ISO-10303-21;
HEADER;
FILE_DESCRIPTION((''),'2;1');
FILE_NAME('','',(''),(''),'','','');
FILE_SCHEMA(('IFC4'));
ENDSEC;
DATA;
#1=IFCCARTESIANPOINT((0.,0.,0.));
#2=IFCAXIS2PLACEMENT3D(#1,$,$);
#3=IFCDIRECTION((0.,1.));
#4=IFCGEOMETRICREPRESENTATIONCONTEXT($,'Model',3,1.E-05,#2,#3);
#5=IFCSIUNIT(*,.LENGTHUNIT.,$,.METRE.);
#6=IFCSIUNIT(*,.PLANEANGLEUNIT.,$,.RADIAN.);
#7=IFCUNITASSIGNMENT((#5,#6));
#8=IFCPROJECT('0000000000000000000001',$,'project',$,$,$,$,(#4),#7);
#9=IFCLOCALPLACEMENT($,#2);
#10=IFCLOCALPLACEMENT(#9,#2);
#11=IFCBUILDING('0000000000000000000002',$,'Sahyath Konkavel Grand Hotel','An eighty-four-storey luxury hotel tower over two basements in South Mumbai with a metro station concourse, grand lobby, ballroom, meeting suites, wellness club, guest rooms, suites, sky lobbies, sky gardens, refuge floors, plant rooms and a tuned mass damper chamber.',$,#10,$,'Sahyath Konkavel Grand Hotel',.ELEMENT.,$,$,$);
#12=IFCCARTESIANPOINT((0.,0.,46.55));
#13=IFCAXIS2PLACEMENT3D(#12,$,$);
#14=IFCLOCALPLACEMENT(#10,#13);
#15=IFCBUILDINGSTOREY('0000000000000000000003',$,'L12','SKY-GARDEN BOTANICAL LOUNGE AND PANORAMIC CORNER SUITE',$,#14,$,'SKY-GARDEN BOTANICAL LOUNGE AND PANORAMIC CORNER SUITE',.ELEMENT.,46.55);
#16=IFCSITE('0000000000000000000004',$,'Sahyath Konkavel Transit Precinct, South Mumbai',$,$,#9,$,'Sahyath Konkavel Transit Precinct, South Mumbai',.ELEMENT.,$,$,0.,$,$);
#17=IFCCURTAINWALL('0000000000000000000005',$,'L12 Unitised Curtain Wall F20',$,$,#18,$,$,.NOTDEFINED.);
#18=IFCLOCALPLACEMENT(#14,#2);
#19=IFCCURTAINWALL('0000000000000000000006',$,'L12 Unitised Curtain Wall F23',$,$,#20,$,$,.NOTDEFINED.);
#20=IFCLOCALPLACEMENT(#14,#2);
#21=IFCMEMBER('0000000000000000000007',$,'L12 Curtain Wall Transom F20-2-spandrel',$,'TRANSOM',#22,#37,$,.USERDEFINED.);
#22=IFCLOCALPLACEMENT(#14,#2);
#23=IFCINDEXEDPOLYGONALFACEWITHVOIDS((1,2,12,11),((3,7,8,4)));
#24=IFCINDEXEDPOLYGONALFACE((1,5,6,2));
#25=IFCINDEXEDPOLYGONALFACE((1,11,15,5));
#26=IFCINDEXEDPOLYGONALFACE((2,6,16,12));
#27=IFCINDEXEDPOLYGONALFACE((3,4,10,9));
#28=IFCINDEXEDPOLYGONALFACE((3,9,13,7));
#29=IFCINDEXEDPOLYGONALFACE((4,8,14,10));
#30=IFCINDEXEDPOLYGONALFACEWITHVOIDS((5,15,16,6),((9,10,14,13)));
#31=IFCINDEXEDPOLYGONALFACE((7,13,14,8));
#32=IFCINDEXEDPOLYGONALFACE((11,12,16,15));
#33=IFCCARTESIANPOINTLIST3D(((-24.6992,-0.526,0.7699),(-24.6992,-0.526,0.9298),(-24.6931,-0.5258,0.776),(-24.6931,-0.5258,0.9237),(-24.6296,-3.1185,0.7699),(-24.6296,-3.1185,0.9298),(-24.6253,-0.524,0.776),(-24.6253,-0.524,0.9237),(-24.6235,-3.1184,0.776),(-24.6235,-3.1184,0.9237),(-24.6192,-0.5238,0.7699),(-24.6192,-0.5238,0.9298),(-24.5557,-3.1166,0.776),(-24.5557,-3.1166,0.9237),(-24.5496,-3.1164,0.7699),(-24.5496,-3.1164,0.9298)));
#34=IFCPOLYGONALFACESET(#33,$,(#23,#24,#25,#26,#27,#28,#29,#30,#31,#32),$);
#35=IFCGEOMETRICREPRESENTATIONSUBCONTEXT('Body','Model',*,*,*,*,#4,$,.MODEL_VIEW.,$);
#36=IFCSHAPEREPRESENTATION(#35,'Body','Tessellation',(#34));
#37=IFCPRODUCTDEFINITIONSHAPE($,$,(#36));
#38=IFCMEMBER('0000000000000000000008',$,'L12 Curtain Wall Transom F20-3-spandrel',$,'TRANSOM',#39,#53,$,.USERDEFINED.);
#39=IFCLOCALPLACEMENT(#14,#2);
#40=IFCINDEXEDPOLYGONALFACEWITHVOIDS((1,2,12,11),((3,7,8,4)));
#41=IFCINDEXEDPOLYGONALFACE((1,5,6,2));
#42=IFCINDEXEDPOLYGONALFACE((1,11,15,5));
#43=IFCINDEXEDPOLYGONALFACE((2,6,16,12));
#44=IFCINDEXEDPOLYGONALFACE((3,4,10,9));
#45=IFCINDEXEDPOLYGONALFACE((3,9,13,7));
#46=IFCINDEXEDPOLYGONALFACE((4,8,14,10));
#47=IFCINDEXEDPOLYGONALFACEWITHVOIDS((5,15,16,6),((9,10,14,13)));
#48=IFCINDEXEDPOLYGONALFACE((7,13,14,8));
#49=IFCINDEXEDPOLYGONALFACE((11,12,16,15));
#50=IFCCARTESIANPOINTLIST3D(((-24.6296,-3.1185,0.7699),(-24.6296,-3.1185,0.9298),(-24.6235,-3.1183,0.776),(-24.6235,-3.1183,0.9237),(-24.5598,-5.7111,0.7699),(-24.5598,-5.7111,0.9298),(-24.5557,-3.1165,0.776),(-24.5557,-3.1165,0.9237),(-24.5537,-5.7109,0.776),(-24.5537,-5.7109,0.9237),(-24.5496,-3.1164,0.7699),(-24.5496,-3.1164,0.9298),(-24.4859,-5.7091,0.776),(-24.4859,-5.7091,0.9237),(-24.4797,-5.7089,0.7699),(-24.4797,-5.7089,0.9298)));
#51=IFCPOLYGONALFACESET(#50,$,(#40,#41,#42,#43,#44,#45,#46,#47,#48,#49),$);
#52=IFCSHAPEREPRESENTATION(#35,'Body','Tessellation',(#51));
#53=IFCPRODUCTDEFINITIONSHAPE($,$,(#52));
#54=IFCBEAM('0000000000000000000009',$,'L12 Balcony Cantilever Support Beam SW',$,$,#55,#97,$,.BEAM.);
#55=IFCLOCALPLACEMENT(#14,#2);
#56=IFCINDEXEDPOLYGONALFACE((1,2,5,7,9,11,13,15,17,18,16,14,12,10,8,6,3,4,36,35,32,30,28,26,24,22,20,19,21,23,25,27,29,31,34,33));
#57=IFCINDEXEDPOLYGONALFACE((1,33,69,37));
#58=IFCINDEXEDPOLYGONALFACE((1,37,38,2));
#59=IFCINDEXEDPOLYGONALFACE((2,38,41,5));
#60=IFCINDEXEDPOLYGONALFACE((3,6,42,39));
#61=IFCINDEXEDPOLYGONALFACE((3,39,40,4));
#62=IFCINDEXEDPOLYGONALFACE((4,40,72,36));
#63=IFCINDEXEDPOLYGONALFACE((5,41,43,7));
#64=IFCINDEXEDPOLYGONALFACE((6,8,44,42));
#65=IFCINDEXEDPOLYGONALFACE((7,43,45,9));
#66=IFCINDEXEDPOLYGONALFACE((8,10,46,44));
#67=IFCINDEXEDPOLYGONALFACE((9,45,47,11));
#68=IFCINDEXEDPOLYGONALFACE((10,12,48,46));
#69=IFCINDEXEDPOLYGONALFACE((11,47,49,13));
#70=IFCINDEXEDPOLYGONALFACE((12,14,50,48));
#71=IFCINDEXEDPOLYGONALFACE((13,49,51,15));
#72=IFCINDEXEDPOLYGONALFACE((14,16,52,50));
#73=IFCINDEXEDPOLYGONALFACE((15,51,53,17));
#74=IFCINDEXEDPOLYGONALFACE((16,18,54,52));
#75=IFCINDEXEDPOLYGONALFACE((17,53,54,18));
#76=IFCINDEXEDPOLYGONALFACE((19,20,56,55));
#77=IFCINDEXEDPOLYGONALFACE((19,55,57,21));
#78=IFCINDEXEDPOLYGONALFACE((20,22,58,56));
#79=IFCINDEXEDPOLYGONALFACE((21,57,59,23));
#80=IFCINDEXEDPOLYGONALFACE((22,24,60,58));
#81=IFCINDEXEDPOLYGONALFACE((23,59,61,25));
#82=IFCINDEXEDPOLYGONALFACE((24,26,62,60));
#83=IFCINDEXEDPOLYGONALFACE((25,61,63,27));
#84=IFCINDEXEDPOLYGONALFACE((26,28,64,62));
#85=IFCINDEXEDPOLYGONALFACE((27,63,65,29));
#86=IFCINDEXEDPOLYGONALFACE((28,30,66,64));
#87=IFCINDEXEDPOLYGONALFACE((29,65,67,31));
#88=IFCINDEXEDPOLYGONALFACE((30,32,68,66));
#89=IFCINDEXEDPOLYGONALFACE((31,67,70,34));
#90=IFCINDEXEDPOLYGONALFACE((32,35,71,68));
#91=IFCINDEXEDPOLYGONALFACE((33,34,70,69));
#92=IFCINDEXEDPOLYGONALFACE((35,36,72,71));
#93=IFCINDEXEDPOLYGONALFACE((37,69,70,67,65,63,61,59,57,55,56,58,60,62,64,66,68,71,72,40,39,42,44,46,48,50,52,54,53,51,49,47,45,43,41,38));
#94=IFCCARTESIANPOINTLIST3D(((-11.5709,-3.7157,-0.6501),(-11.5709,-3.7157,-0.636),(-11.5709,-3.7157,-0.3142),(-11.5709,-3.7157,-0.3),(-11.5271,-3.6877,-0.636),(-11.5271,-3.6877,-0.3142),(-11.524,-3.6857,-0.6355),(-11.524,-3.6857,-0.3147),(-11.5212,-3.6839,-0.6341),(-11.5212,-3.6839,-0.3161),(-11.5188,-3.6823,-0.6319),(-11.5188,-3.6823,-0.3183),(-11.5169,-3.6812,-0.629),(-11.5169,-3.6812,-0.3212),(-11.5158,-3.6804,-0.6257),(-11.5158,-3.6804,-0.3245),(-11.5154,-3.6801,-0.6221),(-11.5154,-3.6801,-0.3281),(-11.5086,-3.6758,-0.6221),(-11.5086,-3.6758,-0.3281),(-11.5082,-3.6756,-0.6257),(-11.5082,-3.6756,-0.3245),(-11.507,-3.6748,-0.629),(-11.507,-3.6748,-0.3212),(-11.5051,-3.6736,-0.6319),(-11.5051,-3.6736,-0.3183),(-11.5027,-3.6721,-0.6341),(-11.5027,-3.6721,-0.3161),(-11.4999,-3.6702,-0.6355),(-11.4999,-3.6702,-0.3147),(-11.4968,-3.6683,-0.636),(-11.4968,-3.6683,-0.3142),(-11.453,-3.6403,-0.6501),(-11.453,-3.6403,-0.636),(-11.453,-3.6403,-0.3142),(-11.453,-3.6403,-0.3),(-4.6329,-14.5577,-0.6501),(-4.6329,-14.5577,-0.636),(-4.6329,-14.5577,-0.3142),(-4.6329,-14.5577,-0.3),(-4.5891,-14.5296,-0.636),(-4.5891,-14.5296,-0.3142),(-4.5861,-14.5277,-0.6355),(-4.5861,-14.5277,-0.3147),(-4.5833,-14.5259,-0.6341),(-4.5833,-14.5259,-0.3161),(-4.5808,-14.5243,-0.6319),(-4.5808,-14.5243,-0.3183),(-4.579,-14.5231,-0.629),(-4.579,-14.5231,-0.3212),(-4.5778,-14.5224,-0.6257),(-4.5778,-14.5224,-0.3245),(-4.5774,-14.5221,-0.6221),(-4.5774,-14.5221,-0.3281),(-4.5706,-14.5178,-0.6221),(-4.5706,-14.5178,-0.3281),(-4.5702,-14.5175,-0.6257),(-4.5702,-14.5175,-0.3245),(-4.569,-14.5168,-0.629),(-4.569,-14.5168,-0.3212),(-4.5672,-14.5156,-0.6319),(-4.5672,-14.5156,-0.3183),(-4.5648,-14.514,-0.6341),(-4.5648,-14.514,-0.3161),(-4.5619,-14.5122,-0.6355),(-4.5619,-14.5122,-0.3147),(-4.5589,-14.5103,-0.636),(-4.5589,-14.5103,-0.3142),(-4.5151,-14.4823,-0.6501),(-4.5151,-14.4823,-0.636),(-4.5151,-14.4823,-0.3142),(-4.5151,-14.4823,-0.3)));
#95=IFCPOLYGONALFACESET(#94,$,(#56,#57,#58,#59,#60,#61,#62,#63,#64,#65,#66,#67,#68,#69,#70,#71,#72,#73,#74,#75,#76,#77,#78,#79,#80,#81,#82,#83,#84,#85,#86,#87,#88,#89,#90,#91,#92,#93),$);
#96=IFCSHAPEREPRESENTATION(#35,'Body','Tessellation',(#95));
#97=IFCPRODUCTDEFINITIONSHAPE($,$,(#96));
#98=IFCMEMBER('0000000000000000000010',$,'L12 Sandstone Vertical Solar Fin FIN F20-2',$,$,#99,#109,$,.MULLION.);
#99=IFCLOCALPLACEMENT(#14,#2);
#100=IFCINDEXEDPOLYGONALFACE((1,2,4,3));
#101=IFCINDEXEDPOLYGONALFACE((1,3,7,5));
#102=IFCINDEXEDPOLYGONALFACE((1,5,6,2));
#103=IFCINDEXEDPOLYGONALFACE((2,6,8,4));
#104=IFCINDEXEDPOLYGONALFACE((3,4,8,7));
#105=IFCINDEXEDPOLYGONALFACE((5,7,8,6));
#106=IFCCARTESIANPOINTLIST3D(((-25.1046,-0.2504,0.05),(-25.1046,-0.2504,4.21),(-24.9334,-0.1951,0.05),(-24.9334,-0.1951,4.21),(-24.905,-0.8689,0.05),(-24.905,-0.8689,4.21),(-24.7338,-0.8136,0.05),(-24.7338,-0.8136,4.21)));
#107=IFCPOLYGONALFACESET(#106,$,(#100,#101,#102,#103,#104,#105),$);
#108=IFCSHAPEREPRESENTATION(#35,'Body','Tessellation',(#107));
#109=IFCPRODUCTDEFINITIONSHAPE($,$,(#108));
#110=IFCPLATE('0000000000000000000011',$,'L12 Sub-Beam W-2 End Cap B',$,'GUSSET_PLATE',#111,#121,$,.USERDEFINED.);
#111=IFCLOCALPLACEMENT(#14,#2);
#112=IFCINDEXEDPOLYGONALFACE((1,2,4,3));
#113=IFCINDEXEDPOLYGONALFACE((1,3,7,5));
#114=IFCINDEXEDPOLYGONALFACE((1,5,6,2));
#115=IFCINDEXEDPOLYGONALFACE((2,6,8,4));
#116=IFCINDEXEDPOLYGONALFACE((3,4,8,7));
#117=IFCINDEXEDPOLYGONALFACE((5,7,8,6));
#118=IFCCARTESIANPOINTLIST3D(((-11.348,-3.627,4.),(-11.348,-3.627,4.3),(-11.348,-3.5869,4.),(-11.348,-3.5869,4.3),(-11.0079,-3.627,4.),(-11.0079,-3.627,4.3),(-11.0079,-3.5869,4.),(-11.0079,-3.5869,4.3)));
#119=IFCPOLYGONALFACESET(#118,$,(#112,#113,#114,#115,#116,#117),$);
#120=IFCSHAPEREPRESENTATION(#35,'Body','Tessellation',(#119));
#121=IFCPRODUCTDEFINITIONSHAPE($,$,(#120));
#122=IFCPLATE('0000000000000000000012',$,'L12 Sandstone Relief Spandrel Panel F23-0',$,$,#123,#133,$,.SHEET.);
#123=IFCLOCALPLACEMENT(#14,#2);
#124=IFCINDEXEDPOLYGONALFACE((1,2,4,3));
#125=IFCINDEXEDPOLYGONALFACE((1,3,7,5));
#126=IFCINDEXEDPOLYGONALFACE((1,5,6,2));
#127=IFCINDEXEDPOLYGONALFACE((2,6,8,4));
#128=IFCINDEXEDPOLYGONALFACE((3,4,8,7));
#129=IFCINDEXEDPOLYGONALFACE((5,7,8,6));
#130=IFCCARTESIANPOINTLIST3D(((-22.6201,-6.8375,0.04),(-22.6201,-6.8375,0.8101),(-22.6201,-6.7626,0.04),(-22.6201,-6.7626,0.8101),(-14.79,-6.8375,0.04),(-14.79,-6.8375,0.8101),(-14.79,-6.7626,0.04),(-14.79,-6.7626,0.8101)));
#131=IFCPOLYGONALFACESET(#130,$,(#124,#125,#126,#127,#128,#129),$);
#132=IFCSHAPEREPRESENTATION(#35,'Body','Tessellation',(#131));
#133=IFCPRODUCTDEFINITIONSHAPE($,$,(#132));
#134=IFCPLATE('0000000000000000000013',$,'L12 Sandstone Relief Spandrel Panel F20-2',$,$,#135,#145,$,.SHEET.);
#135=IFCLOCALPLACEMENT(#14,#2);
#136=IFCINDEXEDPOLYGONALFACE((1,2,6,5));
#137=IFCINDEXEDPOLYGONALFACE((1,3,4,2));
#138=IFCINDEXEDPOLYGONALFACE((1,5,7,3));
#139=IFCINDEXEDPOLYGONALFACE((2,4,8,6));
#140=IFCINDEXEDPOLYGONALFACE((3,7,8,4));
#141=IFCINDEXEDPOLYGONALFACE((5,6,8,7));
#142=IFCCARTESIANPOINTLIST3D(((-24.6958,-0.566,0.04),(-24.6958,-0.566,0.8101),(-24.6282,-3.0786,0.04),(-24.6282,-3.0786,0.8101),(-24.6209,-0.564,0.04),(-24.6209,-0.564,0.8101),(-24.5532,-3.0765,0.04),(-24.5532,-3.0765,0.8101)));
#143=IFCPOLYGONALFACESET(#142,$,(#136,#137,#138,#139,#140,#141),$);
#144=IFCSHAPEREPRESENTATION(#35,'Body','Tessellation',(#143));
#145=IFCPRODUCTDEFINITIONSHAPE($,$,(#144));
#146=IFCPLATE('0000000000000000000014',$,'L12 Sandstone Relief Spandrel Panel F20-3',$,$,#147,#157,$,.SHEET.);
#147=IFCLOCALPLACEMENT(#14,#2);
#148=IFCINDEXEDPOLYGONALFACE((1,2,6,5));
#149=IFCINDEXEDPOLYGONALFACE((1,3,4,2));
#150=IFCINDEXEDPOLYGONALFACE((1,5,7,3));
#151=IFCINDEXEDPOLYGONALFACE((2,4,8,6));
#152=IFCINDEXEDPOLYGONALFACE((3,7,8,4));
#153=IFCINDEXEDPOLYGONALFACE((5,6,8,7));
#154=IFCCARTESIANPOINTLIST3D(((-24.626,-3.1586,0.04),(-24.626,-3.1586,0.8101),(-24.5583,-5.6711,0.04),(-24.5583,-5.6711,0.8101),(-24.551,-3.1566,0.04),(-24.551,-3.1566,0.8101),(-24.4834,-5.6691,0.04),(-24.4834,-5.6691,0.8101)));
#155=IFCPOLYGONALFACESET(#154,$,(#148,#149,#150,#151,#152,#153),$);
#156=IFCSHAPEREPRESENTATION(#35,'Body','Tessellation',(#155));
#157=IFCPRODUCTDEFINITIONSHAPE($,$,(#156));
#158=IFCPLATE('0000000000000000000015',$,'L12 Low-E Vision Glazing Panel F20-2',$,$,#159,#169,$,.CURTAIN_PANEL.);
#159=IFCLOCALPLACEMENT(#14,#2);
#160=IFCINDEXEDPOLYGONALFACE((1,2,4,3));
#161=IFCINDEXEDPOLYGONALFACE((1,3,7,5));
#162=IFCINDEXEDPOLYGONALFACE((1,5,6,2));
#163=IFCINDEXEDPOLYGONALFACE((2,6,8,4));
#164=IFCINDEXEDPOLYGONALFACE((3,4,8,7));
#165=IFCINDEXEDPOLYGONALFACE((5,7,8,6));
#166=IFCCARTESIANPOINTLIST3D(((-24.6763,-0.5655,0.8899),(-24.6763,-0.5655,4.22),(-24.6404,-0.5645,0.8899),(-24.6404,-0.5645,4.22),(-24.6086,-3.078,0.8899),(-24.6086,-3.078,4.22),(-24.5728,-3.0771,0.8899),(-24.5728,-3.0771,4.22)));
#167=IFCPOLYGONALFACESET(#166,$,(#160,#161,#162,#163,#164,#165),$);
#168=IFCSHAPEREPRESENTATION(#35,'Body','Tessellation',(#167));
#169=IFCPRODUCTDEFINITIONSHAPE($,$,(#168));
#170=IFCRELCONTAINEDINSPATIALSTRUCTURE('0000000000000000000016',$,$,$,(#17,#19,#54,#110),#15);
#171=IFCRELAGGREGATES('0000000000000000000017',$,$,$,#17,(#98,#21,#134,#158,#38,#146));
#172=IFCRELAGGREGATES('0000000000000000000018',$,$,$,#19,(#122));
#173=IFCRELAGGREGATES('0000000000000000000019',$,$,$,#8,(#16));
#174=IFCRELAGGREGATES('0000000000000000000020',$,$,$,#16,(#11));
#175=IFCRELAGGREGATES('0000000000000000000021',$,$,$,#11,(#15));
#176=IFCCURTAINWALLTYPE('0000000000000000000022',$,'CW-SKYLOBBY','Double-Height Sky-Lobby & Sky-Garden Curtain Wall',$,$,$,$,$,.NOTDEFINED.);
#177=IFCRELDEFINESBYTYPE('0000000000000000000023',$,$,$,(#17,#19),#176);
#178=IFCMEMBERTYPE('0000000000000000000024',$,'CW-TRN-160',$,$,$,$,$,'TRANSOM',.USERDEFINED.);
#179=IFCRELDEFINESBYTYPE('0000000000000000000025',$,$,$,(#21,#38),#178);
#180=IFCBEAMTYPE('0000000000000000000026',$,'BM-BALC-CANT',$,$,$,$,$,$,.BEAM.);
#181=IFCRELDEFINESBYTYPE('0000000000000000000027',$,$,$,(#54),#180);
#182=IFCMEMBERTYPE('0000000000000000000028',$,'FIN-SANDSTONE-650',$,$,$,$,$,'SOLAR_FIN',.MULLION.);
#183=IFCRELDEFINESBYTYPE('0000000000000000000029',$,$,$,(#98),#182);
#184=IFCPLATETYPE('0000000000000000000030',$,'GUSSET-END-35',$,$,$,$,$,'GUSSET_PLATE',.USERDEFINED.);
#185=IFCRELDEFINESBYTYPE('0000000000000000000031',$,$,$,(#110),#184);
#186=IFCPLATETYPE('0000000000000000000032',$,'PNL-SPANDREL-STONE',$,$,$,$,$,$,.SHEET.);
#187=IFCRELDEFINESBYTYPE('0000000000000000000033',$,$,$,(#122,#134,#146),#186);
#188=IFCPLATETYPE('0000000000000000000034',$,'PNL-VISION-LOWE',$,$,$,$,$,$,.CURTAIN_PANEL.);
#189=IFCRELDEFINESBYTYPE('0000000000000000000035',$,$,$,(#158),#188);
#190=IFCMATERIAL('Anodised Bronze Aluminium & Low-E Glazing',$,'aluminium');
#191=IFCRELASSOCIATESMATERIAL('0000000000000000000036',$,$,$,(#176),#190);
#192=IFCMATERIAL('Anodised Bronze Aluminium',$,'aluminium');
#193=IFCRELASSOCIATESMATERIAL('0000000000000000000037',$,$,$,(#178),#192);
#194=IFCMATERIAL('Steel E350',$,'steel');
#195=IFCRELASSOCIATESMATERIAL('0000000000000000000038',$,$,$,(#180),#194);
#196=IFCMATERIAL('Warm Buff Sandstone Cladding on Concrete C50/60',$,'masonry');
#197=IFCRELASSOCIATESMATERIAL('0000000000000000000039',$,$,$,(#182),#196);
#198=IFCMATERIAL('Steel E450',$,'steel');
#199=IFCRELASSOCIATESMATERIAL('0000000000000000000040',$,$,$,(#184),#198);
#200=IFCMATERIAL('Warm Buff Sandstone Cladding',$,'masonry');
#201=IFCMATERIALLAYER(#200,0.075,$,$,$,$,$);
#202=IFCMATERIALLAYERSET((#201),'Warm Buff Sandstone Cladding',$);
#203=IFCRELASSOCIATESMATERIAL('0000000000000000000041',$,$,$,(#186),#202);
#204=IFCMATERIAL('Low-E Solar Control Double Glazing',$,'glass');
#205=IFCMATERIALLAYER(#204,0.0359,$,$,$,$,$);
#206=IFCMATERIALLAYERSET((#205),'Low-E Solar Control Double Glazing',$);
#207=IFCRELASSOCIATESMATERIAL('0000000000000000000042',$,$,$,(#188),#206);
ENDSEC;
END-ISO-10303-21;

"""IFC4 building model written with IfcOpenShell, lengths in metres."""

from ifc_helpers import new_model, si_unit, direction, frame, origin, origin_2d, place, context, subcontext, project, spatial, rectangle, hollow_rectangle, i_section, extrude, source, transform, mapped, material, layer, layer_set, material_profile, profile_set, type_object, element, aggregate, save


model = new_model("IFC4")

# Units and contexts
model_context = context("Model", 3, precision=1e-05, world=origin(), true_north=direction((0.0, 1.0)))
body_context = subcontext(model_context, "Body", "Model", "MODEL_VIEW")
ifc_project = project(units=[si_unit("LENGTHUNIT", "METRE"), si_unit("PLANEANGLEUNIT", "RADIAN")], contexts=[model_context])

# Site, building, storey
site_placement = place(None, origin())
site = spatial("IfcSite", under=ifc_project, at=site_placement, Name="Sahyath Konkavel Transit Precinct, South Mumbai", LongName="Sahyath Konkavel Transit Precinct, South Mumbai", CompositionType="ELEMENT", RefElevation=0.0)
building_placement = place(site_placement, origin())
building = spatial("IfcBuilding", under=site, at=building_placement, Name="Sahyath Konkavel Grand Hotel", Description="An eighty-four-storey luxury hotel tower over two basements in South Mumbai with a metro station concourse, grand lobby, ballroom, meeting suites, wellness club, guest rooms, suites, sky lobbies, sky gardens, refuge floors, plant rooms and a tuned mass damper chamber.", LongName="Sahyath Konkavel Grand Hotel", CompositionType="ELEMENT")
storey_placement = place(building_placement, frame((0.0, 0.0, 46.55)))
storey = spatial("IfcBuildingStorey", under=building, at=storey_placement, Name="L12", Description="SKY-GARDEN BOTANICAL LOUNGE AND PANORAMIC CORNER SUITE", LongName="SKY-GARDEN BOTANICAL LOUNGE AND PANORAMIC CORNER SUITE", CompositionType="ELEMENT", Elevation=46.55)

# Shared definitions
ifc_material_1 = material(Name="Steel E350", Category="steel")

# Curtain walls
ifc_material_2 = material(Name="Anodised Bronze Aluminium & Low-E Glazing", Category="aluminium")
curtain_wall_type = type_object("IfcCurtainWallType", Name="CW-SKYLOBBY", Description="Double-Height Sky-Lobby & Sky-Garden Curtain Wall", PredefinedType="NOTDEFINED", material=ifc_material_2)
curtain_wall_1_placement = place(storey_placement, origin())
curtain_wall_1 = element("IfcCurtainWall", 1, at=curtain_wall_1_placement, inside=storey, type_object=curtain_wall_type, Name="L12 Unitised Curtain Wall F20", PredefinedType="NOTDEFINED")
ifc_material_3 = material(Name="Anodised Bronze Aluminium", Category="aluminium")
curtain_wall_2_placement = place(storey_placement, origin())
curtain_wall_2 = element("IfcCurtainWall", 2, at=curtain_wall_2_placement, inside=storey, type_object=curtain_wall_type, Name="L12 Unitised Curtain Wall F23", PredefinedType="NOTDEFINED")
ifc_material_profile_1 = material_profile(ifc_material_3, hollow_rectangle(XDim=0.0801, YDim=0.1599, WallThickness=0.0061, at=origin_2d()), Name="RHS 160x80x6")
ifc_profile_set_1 = profile_set([ifc_material_profile_1], Name="Anodised Bronze Aluminium")
member_type_1 = type_object("IfcMemberType", Name="CW-TRN-160", ElementType="TRANSOM", PredefinedType="USERDEFINED", material=ifc_profile_set_1)

# Members
shared_shape_1 = source(origin(), body_context, "Body", "SweptSolid", [
    extrude(hollow_rectangle(XDim=0.0801, YDim=0.1599, WallThickness=0.0061, at=origin_2d()), origin(), (0.0, 0.0, 1.0), 2.5935),
])
member_1_placement = place(storey_placement, frame((-24.6592, -0.5249, 0.8499), z_axis=(0.026829, -0.99964, 0.0), x_axis=(0.99964, 0.026829, 0.0)))
member_1 = element("IfcMember", 3, at=member_1_placement, type_object=member_type_1, Name="L12 Curtain Wall Transom F20-2-spandrel", ObjectType="TRANSOM", PredefinedType="USERDEFINED", context=body_context, shape_type="MappedRepresentation", body=[
    mapped(shared_shape_1, transform((0.0, 0.0, 0.0), scale=1.0)),
])
member_2_placement = place(storey_placement, frame((-24.5896, -3.1174, 0.8499), z_axis=(0.026923, -0.999638, 0.0), x_axis=(0.999638, 0.026923, 0.0)))
member_2 = element("IfcMember", 4, at=member_2_placement, type_object=member_type_1, Name="L12 Curtain Wall Transom F20-3-spandrel", ObjectType="TRANSOM", PredefinedType="USERDEFINED", context=body_context, shape_type="MappedRepresentation", body=[
    mapped(shared_shape_1, transform((0.0, 0.0, 0.0), scale=1.0)),
])

# Beam
ifc_material_profile_2 = material_profile(ifc_material_1, i_section(OverallWidth=0.1399, OverallDepth=0.3501, WebThickness=0.0081, FlangeThickness=0.0142, FilletRadius=0.0139, at=origin_2d()), Name="ISMB 350")
ifc_profile_set_2 = profile_set([ifc_material_profile_2], Name="Steel E350")
beam_type_1 = type_object("IfcBeamType", Name="BM-BALC-CANT", PredefinedType="BEAM", material=ifc_profile_set_2)
shared_shape_2 = source(origin(), body_context, "Body", "SweptSolid", [
    extrude(i_section(OverallWidth=0.1399, OverallDepth=0.3501, WebThickness=0.0081, FlangeThickness=0.0142, FilletRadius=0.0139, at=origin_2d()), origin(), (0.0, 0.0, 1.0), 12.8718),
])
beam_1_placement = place(storey_placement, frame((-11.512, -3.678, -0.4751), z_axis=(0.539003, -0.842304, 0.0), x_axis=(0.842304, 0.539003, 0.0)))
element("IfcBeam", 5, at=beam_1_placement, inside=storey, type_object=beam_type_1, Name="L12 Balcony Cantilever Support Beam SW", PredefinedType="BEAM", context=body_context, shape_type="MappedRepresentation", body=[
    mapped(shared_shape_2, transform((0.0, 0.0, 0.0), scale=1.0)),
])

# Member
ifc_material_4 = material(Name="Warm Buff Sandstone Cladding on Concrete C50/60", Category="masonry")
ifc_material_profile_3 = material_profile(ifc_material_4, rectangle(XDim=0.1799, YDim=0.6499, at=origin_2d()), Name="FIN 180x650")
ifc_profile_set_3 = profile_set([ifc_material_profile_3], Name="Warm Buff Sandstone Cladding on Concrete C50/60")
member_type_2 = type_object("IfcMemberType", Name="FIN-SANDSTONE-650", ElementType="SOLAR_FIN", PredefinedType="MULLION", material=ifc_profile_set_3)
shared_shape_3 = source(origin(), body_context, "Body", "SweptSolid", [
    extrude(rectangle(XDim=0.1799, YDim=0.6499, at=origin_2d()), origin(), (0.0, 0.0, 1.0), 4.1599),
])
member_3_placement = place(storey_placement, frame((-24.9192, -0.532, 0.05), z_axis=(0.0, 0.0, 1.0), x_axis=(0.951648, 0.307191, 0.0)))
member_3 = element("IfcMember", 6, at=member_3_placement, type_object=member_type_2, Name="L12 Sandstone Vertical Solar Fin FIN F20-2", PredefinedType="MULLION", context=body_context, shape_type="MappedRepresentation", body=[
    mapped(shared_shape_3, transform((0.0, 0.0, 0.0), scale=1.0)),
])

# Plates
ifc_material_5 = material(Name="Steel E450", Category="steel")
plate_type_1 = type_object("IfcPlateType", Name="GUSSET-END-35", ElementType="GUSSET_PLATE", PredefinedType="USERDEFINED", material=ifc_material_5)
shared_shape_4 = source(origin(), body_context, "Body", "SweptSolid", [
    extrude(rectangle(XDim=0.04, YDim=0.3401, at=origin_2d()), origin(), (0.0, 0.0, 1.0), 0.3),
])
plate_1_placement = place(storey_placement, frame((-11.178, -3.6069, 4.0), z_axis=(0.0, 0.0, 1.0), x_axis=(0.0, -1.0, 0.0)))
element("IfcPlate", 7, at=plate_1_placement, inside=storey, type_object=plate_type_1, Name="L12 Sub-Beam W-2 End Cap B", ObjectType="GUSSET_PLATE", PredefinedType="USERDEFINED", context=body_context, shape_type="MappedRepresentation", body=[
    mapped(shared_shape_4, transform((0.0, 0.0, 0.0), scale=1.0)),
])
ifc_material_6 = material(Name="Warm Buff Sandstone Cladding", Category="masonry")
ifc_layer_1 = layer(ifc_material_6, 0.075)
ifc_layer_set_1 = layer_set([ifc_layer_1], Name="Warm Buff Sandstone Cladding")
plate_type_2 = type_object("IfcPlateType", Name="PNL-SPANDREL-STONE", PredefinedType="SHEET", material=ifc_layer_set_1)
shared_shape_5 = source(origin(), body_context, "Body", "SweptSolid", [
    extrude(rectangle(XDim=7.8301, YDim=0.075, at=origin_2d()), origin(), (0.0, 0.0, 1.0), 0.77),
])
plate_2_placement = place(storey_placement, frame((-18.7051, -6.8, 0.04), z_axis=(0.0, 0.0, 1.0), x_axis=(1.0, 0.0, 0.0)))
plate_2 = element("IfcPlate", 8, at=plate_2_placement, type_object=plate_type_2, Name="L12 Sandstone Relief Spandrel Panel F23-0", PredefinedType="SHEET", context=body_context, shape_type="MappedRepresentation", body=[
    mapped(shared_shape_5, transform((0.0, 0.0, 0.0), scale=1.0)),
])
shared_shape_6 = source(origin(), body_context, "Body", "SweptSolid", [
    extrude(rectangle(XDim=2.5134, YDim=0.075, at=origin_2d()), origin(), (0.0, 0.0, 1.0), 0.77),
])
plate_3_placement = place(storey_placement, frame((-24.6245, -1.8213, 0.04), z_axis=(0.0, 0.0, 1.0), x_axis=(0.02691, -0.999638, 0.0)))
plate_3 = element("IfcPlate", 9, at=plate_3_placement, type_object=plate_type_2, Name="L12 Sandstone Relief Spandrel Panel F20-2", PredefinedType="SHEET", context=body_context, shape_type="MappedRepresentation", body=[
    mapped(shared_shape_6, transform((0.0, 0.0, 0.0), scale=1.0)),
])
plate_4_placement = place(storey_placement, frame((-24.5547, -4.4138, 0.04), z_axis=(0.0, 0.0, 1.0), x_axis=(0.02691, -0.999638, 0.0)))
plate_4 = element("IfcPlate", 10, at=plate_4_placement, type_object=plate_type_2, Name="L12 Sandstone Relief Spandrel Panel F20-3", PredefinedType="SHEET", context=body_context, shape_type="MappedRepresentation", body=[
    mapped(shared_shape_6, transform((0.0, 0.0, 0.0), scale=1.0)),
])
ifc_material_7 = material(Name="Low-E Solar Control Double Glazing", Category="glass")
ifc_layer_2 = layer(ifc_material_7, 0.0359)
ifc_layer_set_2 = layer_set([ifc_layer_2], Name="Low-E Solar Control Double Glazing")
plate_type_3 = type_object("IfcPlateType", Name="PNL-VISION-LOWE", PredefinedType="CURTAIN_PANEL", material=ifc_layer_set_2)
shared_shape_7 = source(origin(), body_context, "Body", "SweptSolid", [
    extrude(rectangle(XDim=2.5134, YDim=0.0359, at=origin_2d()), origin(), (0.0, 0.0, 1.0), 3.3301),
])
plate_5_placement = place(storey_placement, frame((-24.6245, -1.8213, 0.8899), z_axis=(0.0, 0.0, 1.0), x_axis=(0.02691, -0.999638, 0.0)))
plate_5 = element("IfcPlate", 11, at=plate_5_placement, type_object=plate_type_3, Name="L12 Low-E Vision Glazing Panel F20-2", PredefinedType="CURTAIN_PANEL", context=body_context, shape_type="MappedRepresentation", body=[
    mapped(shared_shape_7, transform((0.0, 0.0, 0.0), scale=1.0)),
])
aggregate(curtain_wall_1, [member_3, member_1, plate_3, plate_5, member_2, plate_4])
aggregate(curtain_wall_2, [plate_2])

save(model, "model.ifc")
